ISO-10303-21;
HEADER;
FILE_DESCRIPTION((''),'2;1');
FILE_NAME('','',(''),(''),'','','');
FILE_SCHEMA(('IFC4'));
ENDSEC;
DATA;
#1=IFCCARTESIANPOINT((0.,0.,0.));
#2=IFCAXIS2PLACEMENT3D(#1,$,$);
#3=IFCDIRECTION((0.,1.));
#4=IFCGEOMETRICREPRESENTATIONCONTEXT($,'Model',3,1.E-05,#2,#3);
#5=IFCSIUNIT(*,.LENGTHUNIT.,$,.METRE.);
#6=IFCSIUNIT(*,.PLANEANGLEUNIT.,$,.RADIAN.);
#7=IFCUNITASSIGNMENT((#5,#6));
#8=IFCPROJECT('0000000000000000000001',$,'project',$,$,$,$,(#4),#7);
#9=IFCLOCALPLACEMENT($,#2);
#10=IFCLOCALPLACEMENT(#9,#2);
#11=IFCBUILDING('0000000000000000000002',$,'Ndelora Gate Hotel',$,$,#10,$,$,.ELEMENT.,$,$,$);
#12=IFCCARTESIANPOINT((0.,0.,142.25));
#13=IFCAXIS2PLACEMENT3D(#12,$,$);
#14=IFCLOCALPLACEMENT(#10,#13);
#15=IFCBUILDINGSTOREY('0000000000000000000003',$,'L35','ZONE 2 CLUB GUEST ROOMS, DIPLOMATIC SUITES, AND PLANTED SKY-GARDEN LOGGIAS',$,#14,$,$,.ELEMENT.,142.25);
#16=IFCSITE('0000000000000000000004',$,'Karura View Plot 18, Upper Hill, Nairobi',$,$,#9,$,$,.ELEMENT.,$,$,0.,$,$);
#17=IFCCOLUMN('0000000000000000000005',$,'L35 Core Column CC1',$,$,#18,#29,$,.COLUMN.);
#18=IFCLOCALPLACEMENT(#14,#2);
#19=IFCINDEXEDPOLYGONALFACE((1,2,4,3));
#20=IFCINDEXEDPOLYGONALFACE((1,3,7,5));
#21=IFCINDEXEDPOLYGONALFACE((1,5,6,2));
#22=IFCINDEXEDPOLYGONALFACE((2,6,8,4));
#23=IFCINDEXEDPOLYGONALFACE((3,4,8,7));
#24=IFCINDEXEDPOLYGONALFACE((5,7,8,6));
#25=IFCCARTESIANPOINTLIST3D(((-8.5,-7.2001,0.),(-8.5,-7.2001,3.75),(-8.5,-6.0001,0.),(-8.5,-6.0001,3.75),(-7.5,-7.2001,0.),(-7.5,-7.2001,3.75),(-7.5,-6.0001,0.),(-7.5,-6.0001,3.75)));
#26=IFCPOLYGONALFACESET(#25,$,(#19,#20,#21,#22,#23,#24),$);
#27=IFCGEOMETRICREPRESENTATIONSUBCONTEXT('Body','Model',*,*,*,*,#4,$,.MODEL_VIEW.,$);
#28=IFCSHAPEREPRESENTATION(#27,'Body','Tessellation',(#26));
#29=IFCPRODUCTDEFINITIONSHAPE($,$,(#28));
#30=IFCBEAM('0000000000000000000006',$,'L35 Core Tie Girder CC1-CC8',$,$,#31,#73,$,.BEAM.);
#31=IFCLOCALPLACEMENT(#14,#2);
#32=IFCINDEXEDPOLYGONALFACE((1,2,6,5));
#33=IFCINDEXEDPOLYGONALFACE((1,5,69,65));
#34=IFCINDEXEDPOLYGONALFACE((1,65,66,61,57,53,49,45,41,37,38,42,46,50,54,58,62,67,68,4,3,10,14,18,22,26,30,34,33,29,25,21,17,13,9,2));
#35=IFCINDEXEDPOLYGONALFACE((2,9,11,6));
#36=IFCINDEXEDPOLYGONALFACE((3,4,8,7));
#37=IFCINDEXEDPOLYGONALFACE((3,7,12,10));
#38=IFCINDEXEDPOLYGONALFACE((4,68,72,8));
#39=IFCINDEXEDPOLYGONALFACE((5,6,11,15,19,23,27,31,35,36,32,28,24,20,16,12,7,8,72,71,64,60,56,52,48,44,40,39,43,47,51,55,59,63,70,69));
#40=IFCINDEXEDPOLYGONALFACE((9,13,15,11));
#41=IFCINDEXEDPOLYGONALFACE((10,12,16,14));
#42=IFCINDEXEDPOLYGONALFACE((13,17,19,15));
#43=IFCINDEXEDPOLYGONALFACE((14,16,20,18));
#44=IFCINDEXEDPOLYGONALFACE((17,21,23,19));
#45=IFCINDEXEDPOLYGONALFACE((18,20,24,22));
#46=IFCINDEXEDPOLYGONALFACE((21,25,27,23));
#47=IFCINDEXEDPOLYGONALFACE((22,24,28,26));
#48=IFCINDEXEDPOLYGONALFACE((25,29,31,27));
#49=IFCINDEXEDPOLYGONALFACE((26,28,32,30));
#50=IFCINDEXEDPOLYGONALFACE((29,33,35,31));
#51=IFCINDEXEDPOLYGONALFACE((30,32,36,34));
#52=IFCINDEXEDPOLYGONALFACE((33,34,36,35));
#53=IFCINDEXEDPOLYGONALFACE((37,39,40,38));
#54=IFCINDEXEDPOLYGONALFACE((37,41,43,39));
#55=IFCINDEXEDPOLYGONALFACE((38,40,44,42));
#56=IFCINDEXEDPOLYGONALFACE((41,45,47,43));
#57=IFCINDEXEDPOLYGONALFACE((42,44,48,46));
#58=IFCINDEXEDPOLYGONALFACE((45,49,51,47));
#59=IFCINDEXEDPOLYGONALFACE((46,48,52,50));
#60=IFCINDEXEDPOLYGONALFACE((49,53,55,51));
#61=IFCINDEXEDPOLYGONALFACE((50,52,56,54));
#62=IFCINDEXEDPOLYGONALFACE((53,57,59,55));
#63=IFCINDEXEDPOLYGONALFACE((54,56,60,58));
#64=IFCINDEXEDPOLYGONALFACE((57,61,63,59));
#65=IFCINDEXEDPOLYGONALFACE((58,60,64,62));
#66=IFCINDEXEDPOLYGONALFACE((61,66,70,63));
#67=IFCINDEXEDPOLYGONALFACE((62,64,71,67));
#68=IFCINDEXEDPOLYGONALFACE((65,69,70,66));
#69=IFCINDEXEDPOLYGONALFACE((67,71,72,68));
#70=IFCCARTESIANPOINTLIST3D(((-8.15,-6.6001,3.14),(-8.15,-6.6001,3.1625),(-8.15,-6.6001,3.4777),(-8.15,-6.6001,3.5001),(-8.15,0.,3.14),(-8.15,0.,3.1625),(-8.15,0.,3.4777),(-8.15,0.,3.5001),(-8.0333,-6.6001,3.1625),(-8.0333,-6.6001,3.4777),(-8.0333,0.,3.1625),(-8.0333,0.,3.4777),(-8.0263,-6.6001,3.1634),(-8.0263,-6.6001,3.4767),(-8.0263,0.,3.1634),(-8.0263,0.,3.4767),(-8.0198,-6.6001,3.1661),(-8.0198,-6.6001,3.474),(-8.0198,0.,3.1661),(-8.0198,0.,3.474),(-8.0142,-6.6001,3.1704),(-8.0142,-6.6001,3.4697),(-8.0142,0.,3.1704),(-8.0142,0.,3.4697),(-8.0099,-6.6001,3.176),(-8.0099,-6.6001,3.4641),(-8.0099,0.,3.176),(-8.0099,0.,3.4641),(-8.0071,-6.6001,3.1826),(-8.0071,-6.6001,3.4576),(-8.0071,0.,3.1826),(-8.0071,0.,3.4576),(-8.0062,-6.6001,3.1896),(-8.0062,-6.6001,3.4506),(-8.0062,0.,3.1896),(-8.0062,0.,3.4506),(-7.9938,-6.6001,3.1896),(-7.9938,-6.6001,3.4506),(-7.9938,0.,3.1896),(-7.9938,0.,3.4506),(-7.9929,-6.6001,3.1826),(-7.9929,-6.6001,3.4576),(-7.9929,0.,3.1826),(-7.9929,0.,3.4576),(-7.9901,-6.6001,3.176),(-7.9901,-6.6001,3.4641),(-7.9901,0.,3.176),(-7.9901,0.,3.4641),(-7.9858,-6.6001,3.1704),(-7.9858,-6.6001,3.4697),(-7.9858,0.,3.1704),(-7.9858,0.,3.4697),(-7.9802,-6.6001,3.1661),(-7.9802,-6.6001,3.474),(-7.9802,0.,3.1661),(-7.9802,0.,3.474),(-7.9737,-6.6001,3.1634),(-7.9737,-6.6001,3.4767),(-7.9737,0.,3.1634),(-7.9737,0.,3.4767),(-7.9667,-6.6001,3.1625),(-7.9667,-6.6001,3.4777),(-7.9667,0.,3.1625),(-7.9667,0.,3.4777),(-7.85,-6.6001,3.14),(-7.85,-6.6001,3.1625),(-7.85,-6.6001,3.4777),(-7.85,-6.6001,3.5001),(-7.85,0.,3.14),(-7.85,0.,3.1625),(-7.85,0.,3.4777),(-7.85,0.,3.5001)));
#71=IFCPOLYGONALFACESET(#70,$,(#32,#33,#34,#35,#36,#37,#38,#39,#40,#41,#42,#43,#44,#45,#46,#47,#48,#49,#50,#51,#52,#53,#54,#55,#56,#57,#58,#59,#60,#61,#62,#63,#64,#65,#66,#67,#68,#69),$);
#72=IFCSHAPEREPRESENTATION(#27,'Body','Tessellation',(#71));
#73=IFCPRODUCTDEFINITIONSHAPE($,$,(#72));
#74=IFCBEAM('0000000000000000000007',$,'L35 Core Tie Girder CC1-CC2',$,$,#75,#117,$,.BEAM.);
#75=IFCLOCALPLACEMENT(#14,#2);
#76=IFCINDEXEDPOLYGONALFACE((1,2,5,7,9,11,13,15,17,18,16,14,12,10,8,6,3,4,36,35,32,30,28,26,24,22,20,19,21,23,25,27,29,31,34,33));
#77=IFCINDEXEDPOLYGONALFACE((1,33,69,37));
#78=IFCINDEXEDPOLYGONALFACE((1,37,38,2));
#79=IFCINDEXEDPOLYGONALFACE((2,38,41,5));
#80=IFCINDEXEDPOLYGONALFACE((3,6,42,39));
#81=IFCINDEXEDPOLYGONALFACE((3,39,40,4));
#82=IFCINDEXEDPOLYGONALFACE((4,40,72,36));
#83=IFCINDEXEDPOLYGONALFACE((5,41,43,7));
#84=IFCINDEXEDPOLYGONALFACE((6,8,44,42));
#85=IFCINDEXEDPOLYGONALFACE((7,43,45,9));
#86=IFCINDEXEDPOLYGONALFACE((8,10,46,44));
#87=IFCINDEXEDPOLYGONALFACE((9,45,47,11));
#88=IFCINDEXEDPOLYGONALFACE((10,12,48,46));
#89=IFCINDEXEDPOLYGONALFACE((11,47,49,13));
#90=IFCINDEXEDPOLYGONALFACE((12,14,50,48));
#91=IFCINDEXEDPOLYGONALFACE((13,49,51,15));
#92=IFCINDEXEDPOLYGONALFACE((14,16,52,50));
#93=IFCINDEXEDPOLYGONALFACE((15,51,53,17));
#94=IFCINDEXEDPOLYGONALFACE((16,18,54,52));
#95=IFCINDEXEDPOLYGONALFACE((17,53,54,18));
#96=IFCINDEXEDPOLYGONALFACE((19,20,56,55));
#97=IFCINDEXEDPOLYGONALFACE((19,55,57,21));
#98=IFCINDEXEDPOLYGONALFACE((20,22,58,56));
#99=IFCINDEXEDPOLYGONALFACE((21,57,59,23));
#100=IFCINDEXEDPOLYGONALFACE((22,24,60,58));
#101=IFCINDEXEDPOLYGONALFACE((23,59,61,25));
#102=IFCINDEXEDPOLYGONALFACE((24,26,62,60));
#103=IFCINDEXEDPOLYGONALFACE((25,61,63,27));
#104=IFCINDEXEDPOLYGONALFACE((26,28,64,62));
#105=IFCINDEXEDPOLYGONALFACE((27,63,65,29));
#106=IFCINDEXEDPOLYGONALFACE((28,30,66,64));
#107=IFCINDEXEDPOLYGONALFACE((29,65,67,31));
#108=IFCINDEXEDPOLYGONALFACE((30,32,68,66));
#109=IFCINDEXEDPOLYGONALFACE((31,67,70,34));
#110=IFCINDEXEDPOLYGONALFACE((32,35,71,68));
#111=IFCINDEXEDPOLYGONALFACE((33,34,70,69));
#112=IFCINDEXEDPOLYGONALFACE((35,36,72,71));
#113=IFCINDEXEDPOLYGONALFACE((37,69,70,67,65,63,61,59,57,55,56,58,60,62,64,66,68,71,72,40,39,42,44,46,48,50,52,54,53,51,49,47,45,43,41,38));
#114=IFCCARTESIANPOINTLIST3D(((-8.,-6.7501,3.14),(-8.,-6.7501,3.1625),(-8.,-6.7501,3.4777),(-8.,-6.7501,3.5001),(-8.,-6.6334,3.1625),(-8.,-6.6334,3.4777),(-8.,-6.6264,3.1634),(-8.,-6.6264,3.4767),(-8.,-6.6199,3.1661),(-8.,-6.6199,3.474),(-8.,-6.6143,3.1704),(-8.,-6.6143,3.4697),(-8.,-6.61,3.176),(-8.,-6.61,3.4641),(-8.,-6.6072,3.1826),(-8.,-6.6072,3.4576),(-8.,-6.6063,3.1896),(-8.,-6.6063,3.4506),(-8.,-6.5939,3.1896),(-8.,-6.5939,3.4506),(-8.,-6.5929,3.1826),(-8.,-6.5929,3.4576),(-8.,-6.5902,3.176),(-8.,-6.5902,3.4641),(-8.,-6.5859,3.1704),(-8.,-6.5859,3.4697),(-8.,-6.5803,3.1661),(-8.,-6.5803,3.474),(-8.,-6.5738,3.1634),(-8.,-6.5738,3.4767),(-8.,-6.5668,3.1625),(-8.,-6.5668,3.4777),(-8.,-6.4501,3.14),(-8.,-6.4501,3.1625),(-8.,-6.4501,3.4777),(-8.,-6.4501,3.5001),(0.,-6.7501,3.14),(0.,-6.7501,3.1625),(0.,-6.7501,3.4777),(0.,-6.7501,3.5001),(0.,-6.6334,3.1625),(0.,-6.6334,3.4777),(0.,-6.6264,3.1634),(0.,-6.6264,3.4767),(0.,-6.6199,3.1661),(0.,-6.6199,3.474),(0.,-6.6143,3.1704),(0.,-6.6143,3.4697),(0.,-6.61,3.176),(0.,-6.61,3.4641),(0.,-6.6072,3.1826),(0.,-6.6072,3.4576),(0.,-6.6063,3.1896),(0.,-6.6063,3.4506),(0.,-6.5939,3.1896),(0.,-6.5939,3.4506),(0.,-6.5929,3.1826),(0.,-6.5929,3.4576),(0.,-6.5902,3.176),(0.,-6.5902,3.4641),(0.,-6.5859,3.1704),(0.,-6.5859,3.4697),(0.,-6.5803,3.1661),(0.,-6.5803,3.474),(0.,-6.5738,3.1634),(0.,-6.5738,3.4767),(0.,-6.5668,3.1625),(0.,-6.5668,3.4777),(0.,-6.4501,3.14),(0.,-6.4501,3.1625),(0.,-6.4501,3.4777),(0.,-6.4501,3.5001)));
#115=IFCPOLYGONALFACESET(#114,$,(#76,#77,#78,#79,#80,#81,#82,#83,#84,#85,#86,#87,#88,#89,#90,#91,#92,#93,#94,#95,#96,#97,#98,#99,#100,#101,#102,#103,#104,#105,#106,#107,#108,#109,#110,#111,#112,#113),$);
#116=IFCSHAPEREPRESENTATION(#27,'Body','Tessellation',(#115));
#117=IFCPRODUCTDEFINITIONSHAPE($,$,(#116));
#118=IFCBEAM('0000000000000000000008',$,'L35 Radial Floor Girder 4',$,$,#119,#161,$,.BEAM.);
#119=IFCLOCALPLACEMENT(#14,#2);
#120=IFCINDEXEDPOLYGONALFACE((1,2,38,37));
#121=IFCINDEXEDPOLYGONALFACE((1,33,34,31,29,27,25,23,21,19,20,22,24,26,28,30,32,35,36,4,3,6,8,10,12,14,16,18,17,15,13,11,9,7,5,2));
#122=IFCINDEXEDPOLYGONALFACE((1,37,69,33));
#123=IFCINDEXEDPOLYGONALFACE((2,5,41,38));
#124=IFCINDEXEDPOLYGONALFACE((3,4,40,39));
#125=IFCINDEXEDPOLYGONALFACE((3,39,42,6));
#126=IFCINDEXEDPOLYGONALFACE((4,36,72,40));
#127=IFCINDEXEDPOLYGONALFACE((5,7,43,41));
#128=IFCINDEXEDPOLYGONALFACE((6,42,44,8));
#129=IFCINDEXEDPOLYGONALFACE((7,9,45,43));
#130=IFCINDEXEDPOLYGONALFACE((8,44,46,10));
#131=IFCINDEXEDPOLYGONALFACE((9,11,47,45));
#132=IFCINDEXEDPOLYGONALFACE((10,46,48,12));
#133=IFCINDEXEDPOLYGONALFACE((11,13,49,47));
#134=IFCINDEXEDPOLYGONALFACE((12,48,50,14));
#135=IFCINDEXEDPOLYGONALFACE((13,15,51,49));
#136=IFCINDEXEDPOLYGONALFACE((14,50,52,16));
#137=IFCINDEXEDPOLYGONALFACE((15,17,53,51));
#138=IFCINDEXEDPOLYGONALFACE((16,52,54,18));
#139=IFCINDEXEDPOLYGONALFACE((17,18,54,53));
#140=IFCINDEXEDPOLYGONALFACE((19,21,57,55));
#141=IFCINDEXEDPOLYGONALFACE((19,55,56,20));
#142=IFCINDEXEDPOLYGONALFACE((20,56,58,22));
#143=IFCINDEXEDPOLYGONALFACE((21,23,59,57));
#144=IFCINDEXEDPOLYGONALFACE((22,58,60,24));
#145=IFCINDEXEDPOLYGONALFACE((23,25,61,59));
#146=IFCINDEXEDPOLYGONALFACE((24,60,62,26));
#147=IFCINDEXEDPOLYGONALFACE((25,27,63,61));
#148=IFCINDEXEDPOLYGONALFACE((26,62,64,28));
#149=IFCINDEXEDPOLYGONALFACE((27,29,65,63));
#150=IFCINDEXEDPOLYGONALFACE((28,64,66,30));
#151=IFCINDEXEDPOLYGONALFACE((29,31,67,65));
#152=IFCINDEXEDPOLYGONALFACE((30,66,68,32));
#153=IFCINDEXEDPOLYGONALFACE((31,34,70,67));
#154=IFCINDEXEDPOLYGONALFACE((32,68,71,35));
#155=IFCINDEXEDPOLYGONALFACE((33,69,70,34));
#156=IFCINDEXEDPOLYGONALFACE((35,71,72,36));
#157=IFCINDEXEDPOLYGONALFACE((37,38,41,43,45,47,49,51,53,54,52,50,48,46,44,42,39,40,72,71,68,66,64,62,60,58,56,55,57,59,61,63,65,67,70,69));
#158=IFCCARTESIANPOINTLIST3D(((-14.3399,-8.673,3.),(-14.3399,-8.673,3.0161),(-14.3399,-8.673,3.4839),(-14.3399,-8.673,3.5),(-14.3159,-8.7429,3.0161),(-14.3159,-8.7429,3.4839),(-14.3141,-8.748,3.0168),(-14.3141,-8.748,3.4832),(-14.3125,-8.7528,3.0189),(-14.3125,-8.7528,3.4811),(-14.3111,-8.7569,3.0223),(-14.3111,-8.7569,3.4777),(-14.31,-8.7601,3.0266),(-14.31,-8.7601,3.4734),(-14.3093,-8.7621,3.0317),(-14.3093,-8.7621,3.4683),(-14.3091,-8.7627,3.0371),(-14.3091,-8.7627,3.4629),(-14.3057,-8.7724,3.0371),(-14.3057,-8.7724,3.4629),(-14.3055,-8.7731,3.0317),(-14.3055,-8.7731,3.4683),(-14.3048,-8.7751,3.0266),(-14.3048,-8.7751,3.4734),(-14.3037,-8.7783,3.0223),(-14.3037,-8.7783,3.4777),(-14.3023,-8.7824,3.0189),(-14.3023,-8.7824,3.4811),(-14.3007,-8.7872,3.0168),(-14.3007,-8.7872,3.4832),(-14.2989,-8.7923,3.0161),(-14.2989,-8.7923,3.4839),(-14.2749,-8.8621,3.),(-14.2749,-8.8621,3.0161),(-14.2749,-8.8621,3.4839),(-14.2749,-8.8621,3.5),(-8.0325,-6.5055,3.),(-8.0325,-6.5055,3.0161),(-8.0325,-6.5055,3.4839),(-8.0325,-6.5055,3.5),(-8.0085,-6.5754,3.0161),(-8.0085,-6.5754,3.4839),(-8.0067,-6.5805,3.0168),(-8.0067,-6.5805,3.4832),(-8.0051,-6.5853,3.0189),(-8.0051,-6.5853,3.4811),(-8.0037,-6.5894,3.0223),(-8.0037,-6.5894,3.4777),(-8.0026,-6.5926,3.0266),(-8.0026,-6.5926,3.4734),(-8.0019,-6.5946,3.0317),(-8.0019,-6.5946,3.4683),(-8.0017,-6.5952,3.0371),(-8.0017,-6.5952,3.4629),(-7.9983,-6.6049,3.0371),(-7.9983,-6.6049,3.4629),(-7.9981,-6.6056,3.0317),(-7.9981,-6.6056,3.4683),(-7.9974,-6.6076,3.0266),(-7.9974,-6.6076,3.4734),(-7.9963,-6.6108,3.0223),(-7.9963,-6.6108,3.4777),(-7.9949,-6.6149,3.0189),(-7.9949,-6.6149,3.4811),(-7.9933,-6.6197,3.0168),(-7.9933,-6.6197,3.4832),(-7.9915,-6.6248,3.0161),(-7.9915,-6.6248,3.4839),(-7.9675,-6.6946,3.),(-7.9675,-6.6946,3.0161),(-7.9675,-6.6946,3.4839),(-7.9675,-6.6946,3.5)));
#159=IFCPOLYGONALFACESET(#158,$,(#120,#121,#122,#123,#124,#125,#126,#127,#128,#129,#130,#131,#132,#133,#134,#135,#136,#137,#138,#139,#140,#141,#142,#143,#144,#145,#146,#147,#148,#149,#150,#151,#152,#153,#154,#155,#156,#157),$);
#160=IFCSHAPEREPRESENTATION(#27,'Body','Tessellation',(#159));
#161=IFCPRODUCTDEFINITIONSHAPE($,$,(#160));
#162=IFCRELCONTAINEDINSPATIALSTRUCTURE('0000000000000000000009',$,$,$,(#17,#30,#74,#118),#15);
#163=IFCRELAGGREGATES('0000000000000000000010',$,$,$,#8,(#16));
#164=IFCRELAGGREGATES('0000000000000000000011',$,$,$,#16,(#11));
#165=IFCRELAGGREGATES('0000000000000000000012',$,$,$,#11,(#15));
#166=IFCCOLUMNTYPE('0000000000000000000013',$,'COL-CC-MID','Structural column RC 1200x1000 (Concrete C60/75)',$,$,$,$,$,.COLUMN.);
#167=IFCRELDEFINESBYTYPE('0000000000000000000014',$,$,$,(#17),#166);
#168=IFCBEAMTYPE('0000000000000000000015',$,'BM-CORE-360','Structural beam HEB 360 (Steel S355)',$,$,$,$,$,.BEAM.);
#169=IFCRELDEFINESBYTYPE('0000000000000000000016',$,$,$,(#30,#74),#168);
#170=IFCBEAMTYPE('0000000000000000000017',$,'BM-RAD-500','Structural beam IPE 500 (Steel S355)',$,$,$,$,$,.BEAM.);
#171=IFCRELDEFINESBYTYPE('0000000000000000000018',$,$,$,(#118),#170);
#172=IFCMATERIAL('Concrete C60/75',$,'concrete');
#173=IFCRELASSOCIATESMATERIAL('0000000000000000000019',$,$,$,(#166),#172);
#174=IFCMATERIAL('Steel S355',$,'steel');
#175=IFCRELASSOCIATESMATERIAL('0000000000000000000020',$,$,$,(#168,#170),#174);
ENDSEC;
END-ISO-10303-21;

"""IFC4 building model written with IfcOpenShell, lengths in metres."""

from ifc_helpers import new_model, si_unit, direction, frame, origin, origin_2d, place, context, subcontext, project, spatial, rectangle, i_section, extrude, material, material_profile, profile_set, type_object, element, save


model = new_model("IFC4")

# Units and contexts
model_context = context("Model", 3, precision=1e-05, world=origin(), true_north=direction((0.0, 1.0)))
body_context = subcontext(model_context, "Body", "Model", "MODEL_VIEW")
ifc_project = project(units=[si_unit("LENGTHUNIT", "METRE"), si_unit("PLANEANGLEUNIT", "RADIAN")], contexts=[model_context])

# Site, building, storey
site_placement = place(None, origin())
site = spatial("IfcSite", under=ifc_project, at=site_placement, Name="Karura View Plot 18, Upper Hill, Nairobi", CompositionType="ELEMENT", RefElevation=0.0)
building_placement = place(site_placement, origin())
building = spatial("IfcBuilding", under=site, at=building_placement, Name="Ndelora Gate Hotel", CompositionType="ELEMENT")
storey_placement = place(building_placement, frame((0.0, 0.0, 142.25)))
storey = spatial("IfcBuildingStorey", under=building, at=storey_placement, Name="L35", Description="ZONE 2 CLUB GUEST ROOMS, DIPLOMATIC SUITES, AND PLANTED SKY-GARDEN LOGGIAS", CompositionType="ELEMENT", Elevation=142.25)

# Column
ifc_material_1 = material(Name="Concrete C60/75", Category="concrete")
ifc_material_profile_1 = material_profile(ifc_material_1, rectangle(XDim=1.0, YDim=1.2, at=origin_2d()), Name="RC 1200x1000")
ifc_profile_set_1 = profile_set([ifc_material_profile_1], Name="Concrete C60/75")
column_type = type_object("IfcColumnType", Name="COL-CC-MID", Description="Structural column RC 1200x1000 (Concrete C60/75)", PredefinedType="COLUMN", material=ifc_profile_set_1)
column_placement = place(storey_placement, frame((-8.0, -6.6001, 0.0), z_axis=(0.0, 0.0, 1.0), x_axis=(1.0, 0.0, 0.0)))
element("IfcColumn", 1, at=column_placement, inside=storey, type_object=column_type, Name="L35 Core Column CC1", PredefinedType="COLUMN", context=body_context, shape_type="SweptSolid", body=[
    extrude(rectangle(XDim=1.0, YDim=1.2, at=origin_2d()), origin(), (0.0, 0.0, 1.0), 3.75),
])

# Beams
ifc_material_2 = material(Name="Steel S355", Category="steel")
ifc_material_profile_2 = material_profile(ifc_material_2, i_section(OverallWidth=0.3, OverallDepth=0.3601, WebThickness=0.0125, FlangeThickness=0.0225, FilletRadius=0.0271, at=origin_2d()), Name="HEB 360")
ifc_profile_set_2 = profile_set([ifc_material_profile_2], Name="Steel S355")
beam_type_1 = type_object("IfcBeamType", Name="BM-CORE-360", Description="Structural beam HEB 360 (Steel S355)", PredefinedType="BEAM", material=ifc_profile_set_2)
beam_1_placement = place(storey_placement, frame((-8.0, -6.6001, 3.3201), z_axis=(0.0, 1.0, 0.0), x_axis=(-1.0, 0.0, 0.0)))
element("IfcBeam", 2, at=beam_1_placement, inside=storey, type_object=beam_type_1, Name="L35 Core Tie Girder CC1-CC8", PredefinedType="BEAM", context=body_context, shape_type="SweptSolid", body=[
    extrude(i_section(OverallWidth=0.3, OverallDepth=0.3601, WebThickness=0.0125, FlangeThickness=0.0225, FilletRadius=0.0271, at=origin_2d()), origin(), (0.0, 0.0, 1.0), 6.6001),
])
beam_2_placement = place(storey_placement, frame((-8.0, -6.6001, 3.3201), z_axis=(1.0, 0.0, 0.0), x_axis=(0.0, 1.0, 0.0)))
element("IfcBeam", 3, at=beam_2_placement, inside=storey, type_object=beam_type_1, Name="L35 Core Tie Girder CC1-CC2", PredefinedType="BEAM", context=body_context, shape_type="SweptSolid", body=[
    extrude(i_section(OverallWidth=0.3, OverallDepth=0.3601, WebThickness=0.0125, FlangeThickness=0.0225, FilletRadius=0.0271, at=origin_2d()), origin(), (0.0, 0.0, 1.0), 8.0),
])
ifc_material_profile_3 = material_profile(ifc_material_2, i_section(OverallWidth=0.2, OverallDepth=0.5, WebThickness=0.0103, FlangeThickness=0.0161, FilletRadius=0.021, at=origin_2d()), Name="IPE 500")
ifc_profile_set_3 = profile_set([ifc_material_profile_3], Name="Steel S355")
beam_type_2 = type_object("IfcBeamType", Name="BM-RAD-500", Description="Structural beam IPE 500 (Steel S355)", PredefinedType="BEAM", material=ifc_profile_set_3)
beam_3_placement = place(storey_placement, frame((-8.0, -6.6001, 3.25), z_axis=(-0.945718, -0.324989, 0.0), x_axis=(0.324989, -0.945718, 0.0)))
element("IfcBeam", 4, at=beam_3_placement, inside=storey, type_object=beam_type_2, Name="L35 Radial Floor Girder 4", PredefinedType="BEAM", context=body_context, shape_type="SweptSolid", body=[
    extrude(i_section(OverallWidth=0.2, OverallDepth=0.5, WebThickness=0.0103, FlangeThickness=0.0161, FilletRadius=0.021, at=origin_2d()), origin(), (0.0, 0.0, 1.0), 6.6694),
])

save(model, "model.ifc")
